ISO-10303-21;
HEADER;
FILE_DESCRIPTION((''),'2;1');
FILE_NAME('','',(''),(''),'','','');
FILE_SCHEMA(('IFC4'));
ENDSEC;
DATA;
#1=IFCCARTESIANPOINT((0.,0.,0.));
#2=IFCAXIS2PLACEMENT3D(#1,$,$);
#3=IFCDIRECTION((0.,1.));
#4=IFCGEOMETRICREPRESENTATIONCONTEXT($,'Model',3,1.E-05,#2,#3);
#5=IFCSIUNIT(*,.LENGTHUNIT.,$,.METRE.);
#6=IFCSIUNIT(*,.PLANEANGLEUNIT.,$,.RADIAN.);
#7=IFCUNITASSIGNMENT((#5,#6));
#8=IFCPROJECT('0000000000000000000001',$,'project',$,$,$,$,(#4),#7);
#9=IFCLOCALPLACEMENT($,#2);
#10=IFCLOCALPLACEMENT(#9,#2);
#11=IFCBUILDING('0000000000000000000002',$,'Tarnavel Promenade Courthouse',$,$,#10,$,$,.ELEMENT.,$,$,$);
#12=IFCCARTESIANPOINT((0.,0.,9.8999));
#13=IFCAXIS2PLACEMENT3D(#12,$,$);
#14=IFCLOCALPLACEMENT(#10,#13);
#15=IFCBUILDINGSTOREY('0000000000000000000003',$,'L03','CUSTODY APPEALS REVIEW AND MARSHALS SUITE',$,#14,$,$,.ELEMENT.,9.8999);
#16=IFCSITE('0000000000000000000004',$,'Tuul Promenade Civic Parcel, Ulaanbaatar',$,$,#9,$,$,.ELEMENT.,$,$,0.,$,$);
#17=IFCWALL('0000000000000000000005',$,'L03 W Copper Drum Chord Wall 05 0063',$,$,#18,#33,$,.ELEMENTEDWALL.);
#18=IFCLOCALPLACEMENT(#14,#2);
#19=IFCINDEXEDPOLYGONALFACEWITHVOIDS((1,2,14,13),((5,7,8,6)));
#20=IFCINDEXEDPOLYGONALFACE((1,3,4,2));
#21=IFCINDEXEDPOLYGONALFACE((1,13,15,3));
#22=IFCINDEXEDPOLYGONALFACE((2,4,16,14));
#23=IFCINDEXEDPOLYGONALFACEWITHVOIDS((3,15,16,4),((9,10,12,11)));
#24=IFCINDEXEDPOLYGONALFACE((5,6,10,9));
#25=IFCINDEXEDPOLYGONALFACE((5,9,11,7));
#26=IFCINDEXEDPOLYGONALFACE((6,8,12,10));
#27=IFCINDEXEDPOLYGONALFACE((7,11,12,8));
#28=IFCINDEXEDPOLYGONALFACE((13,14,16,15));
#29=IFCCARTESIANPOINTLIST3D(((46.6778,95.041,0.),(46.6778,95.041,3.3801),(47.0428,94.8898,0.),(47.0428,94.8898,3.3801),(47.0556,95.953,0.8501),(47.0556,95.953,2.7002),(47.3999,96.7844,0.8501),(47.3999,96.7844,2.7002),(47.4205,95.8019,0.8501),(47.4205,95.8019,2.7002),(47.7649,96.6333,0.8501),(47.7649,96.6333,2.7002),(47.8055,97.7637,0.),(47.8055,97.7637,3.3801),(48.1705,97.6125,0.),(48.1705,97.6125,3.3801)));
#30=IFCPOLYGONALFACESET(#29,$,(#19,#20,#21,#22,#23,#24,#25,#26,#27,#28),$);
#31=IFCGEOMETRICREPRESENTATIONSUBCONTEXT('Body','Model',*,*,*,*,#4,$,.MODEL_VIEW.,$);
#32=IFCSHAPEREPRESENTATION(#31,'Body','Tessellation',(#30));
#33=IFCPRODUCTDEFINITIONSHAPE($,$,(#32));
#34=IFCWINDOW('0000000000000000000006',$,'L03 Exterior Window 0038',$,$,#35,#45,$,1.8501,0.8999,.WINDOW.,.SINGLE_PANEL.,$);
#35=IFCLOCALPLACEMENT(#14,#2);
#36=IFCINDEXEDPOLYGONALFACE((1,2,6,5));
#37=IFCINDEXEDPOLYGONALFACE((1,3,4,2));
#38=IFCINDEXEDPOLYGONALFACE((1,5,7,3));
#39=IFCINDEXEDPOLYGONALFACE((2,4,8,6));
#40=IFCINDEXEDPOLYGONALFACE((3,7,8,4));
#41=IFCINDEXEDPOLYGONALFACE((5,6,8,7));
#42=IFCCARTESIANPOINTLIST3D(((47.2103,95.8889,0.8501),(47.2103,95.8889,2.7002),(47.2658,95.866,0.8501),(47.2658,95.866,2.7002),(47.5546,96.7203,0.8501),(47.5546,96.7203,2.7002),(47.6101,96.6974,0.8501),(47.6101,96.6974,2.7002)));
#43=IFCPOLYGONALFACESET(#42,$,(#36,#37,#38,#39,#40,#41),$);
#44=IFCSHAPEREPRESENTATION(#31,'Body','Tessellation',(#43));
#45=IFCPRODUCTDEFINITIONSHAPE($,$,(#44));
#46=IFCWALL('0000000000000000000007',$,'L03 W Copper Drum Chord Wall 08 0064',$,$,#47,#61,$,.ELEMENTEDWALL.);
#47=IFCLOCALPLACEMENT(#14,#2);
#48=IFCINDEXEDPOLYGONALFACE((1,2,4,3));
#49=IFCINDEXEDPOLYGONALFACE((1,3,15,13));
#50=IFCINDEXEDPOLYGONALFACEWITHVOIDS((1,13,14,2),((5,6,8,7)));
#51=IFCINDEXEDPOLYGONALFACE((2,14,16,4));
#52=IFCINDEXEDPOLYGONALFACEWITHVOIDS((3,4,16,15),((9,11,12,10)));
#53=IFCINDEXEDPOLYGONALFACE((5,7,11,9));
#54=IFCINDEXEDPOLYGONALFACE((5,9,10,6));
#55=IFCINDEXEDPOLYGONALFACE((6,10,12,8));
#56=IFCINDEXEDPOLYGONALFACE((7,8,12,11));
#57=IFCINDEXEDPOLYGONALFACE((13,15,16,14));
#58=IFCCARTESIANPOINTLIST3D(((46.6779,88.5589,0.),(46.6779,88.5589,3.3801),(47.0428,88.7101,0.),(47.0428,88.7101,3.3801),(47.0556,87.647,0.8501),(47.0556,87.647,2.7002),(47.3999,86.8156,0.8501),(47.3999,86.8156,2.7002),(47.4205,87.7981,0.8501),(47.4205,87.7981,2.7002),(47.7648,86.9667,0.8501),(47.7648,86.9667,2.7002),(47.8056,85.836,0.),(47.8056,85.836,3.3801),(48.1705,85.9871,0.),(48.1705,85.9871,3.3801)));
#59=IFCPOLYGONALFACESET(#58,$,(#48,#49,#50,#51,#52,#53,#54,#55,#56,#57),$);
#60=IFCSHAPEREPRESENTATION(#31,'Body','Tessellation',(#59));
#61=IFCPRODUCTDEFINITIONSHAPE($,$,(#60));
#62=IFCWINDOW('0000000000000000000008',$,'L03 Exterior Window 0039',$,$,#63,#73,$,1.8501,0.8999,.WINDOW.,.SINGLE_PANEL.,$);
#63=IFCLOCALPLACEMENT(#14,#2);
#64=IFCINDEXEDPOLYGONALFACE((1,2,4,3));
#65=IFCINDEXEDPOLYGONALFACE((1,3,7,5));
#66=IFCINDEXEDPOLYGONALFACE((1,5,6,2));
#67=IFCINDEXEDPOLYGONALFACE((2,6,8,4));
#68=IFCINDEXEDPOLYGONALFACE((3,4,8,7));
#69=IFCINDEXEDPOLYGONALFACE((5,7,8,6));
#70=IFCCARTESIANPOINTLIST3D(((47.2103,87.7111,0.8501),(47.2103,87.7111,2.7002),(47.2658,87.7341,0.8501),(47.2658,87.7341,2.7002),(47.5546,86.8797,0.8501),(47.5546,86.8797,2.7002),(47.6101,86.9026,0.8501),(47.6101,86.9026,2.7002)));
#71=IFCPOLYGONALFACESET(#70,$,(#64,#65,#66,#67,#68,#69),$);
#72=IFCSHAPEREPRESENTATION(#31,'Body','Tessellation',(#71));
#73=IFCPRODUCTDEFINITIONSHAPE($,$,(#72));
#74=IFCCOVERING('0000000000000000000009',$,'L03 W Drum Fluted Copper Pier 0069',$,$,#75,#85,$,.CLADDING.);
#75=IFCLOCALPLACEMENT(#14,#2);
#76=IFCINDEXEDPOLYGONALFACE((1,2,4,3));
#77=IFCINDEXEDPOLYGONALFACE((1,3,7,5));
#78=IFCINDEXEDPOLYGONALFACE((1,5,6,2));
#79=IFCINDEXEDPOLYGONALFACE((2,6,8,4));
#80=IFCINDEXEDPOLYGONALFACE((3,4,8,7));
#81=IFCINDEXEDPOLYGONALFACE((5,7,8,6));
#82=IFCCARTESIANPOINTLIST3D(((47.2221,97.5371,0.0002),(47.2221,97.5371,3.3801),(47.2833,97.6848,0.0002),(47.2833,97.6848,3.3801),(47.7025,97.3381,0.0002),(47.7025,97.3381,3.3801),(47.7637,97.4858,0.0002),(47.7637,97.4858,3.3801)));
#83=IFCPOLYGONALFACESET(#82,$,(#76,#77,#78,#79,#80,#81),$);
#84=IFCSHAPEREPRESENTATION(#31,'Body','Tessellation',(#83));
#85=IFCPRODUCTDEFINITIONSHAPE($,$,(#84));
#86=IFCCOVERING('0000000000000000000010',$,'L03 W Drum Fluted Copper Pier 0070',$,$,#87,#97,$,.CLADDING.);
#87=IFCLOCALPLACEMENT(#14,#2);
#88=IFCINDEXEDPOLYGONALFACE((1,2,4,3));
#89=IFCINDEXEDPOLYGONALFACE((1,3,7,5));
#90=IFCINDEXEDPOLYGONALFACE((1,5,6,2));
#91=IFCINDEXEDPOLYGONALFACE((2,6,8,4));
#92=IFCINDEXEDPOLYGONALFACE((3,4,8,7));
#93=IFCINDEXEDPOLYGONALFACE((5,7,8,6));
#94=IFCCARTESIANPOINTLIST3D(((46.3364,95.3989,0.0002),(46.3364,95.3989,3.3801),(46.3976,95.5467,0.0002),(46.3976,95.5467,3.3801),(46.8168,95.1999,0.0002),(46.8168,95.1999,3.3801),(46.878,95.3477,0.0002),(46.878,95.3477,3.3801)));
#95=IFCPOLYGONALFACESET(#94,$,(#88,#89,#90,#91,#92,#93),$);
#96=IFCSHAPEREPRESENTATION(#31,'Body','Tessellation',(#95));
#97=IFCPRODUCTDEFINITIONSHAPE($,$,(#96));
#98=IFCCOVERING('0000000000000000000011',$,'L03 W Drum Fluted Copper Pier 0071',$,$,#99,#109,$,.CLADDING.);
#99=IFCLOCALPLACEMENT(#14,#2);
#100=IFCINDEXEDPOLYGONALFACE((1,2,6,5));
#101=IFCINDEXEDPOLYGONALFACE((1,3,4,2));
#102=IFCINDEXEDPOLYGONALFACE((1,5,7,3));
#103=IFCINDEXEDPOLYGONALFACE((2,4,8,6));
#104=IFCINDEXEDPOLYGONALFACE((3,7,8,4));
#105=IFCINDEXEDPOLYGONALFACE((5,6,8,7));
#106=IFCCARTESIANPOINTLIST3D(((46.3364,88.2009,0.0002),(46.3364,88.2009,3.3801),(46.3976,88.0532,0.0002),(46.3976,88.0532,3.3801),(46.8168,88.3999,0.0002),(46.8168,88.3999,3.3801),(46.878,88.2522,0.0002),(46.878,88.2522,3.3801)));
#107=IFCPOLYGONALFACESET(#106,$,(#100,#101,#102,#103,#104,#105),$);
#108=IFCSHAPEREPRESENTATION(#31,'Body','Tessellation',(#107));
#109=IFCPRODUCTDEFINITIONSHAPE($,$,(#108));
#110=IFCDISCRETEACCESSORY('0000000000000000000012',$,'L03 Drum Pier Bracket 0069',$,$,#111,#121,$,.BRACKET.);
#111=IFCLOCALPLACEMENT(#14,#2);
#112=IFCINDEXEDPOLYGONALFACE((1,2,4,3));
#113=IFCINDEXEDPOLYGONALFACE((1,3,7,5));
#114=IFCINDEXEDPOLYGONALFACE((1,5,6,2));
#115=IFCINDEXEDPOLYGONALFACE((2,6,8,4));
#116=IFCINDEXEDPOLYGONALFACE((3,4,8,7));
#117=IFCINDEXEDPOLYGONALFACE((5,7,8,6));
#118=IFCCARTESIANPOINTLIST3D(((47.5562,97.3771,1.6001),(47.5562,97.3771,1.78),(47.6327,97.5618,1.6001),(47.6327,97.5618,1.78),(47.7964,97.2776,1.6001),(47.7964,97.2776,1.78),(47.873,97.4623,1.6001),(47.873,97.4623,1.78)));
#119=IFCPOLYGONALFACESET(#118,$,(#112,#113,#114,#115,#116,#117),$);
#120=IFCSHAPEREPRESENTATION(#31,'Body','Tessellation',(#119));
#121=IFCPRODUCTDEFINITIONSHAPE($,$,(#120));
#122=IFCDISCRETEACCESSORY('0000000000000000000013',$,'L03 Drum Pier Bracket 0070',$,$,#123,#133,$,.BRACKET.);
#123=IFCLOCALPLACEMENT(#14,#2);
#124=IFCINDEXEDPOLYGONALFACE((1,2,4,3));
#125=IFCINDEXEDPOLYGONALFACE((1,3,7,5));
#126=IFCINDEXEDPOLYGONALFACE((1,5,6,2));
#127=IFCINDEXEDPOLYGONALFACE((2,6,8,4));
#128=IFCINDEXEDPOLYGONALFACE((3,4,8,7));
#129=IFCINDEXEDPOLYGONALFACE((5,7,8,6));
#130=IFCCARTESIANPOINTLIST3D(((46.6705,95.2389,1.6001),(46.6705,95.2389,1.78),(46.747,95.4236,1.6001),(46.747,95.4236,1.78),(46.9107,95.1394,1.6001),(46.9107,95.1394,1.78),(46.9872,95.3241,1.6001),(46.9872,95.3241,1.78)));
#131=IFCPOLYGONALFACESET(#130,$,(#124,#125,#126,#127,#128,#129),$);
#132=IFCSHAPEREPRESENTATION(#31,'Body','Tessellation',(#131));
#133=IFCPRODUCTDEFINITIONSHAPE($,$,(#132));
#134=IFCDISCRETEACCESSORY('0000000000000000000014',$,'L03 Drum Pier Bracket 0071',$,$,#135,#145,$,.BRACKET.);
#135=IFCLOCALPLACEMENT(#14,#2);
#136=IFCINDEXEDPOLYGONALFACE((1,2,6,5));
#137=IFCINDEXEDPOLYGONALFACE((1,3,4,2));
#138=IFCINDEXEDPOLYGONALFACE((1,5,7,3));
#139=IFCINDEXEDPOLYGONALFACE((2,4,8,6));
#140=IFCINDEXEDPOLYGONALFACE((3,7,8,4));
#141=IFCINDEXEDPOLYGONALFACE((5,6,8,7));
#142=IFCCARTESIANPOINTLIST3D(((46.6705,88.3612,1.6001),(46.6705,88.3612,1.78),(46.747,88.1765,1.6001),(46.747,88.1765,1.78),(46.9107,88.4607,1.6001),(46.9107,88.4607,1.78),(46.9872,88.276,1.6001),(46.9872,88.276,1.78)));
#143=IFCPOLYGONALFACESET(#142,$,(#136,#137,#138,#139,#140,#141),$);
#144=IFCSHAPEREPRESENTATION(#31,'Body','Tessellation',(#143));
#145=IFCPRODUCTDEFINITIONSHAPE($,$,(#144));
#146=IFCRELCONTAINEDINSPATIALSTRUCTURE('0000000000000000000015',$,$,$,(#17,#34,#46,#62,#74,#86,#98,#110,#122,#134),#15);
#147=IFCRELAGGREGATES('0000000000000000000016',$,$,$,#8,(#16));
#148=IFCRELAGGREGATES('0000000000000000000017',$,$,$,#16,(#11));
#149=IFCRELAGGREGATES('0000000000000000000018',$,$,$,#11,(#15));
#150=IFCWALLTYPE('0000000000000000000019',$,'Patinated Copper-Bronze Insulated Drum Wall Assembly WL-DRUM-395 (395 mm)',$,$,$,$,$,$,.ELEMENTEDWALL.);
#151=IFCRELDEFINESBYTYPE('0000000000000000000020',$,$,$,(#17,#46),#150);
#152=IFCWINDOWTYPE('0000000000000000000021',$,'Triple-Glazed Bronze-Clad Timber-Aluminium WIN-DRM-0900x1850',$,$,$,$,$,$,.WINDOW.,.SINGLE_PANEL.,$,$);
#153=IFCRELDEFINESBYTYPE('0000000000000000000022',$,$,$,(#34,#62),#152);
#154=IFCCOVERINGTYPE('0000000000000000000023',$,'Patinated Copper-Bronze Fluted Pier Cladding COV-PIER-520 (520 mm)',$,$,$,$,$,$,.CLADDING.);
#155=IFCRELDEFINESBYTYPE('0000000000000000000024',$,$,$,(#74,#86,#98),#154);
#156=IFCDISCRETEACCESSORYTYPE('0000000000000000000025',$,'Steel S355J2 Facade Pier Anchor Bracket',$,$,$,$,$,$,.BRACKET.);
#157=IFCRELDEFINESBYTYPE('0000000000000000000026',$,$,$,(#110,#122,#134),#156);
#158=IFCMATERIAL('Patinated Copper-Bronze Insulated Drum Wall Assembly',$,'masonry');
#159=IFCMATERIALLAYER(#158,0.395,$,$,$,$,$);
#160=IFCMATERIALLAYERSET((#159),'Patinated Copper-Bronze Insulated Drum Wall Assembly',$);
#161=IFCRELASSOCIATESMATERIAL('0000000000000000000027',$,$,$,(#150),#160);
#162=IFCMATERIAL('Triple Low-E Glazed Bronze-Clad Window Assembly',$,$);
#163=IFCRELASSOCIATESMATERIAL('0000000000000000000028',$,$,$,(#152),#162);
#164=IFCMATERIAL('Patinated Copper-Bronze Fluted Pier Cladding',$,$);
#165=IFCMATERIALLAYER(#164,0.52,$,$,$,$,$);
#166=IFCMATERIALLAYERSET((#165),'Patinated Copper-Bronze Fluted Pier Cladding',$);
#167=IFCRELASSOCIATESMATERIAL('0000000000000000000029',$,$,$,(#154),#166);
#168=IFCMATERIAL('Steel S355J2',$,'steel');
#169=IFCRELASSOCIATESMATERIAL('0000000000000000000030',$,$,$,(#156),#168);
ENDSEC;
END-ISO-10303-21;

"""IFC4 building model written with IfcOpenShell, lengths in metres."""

from ifc_helpers import new_model, si_unit, direction, frame, frame_2d, origin, origin_2d, place, context, subcontext, project, spatial, rectangle, extrude, material, layer, layer_set, type_object, element, fill, save


model = new_model("IFC4")

# Units and contexts
model_context = context("Model", 3, precision=1e-05, world=origin(), true_north=direction((0.0, 1.0)))
body_context = subcontext(model_context, "Body", "Model", "MODEL_VIEW")
ifc_project = project(units=[si_unit("LENGTHUNIT", "METRE"), si_unit("PLANEANGLEUNIT", "RADIAN")], contexts=[model_context])

# Site, building, storey
site_placement = place(None, origin())
site = spatial("IfcSite", under=ifc_project, at=site_placement, Name="Tuul Promenade Civic Parcel, Ulaanbaatar", CompositionType="ELEMENT", RefElevation=0.0)
building_placement = place(site_placement, origin())
building = spatial("IfcBuilding", under=site, at=building_placement, Name="Tarnavel Promenade Courthouse", CompositionType="ELEMENT")
storey_placement = place(building_placement, frame((0.0, 0.0, 9.8999)))
storey = spatial("IfcBuildingStorey", under=building, at=storey_placement, Name="L03", Description="CUSTODY APPEALS REVIEW AND MARSHALS SUITE", CompositionType="ELEMENT", Elevation=9.8999)

# Shared definitions
ifc_material_1 = material(Name="Steel S355J2", Category="steel")

# Walls, openings, windows
ifc_material_2 = material(Name="Patinated Copper-Bronze Insulated Drum Wall Assembly", Category="masonry")
ifc_layer_1 = layer(ifc_material_2, 0.395)
ifc_layer_set_1 = layer_set([ifc_layer_1], Name="Patinated Copper-Bronze Insulated Drum Wall Assembly")
wall_type_1 = type_object("IfcWallType", Name="Patinated Copper-Bronze Insulated Drum Wall Assembly WL-DRUM-395 (395 mm)", PredefinedType="ELEMENTEDWALL", material=ifc_layer_set_1)
wall_1_placement = place(storey_placement, frame((47.988, 97.6882, 0.0), z_axis=(0.0, 0.0, 1.0), x_axis=(-0.382662, -0.923889, 0.0)))
wall_1 = element("IfcWall", 1, at=wall_1_placement, inside=storey, type_object=wall_type_1, Name="L03 W Copper Drum Chord Wall 05 0063", PredefinedType="ELEMENTEDWALL", context=body_context, shape_type="SweptSolid", body=[
    extrude(rectangle(XDim=2.947, YDim=0.395, at=frame_2d((1.4736, 0.0))), origin(), (0.0, 0.0, 1.0), 3.3801),
])
opening_1_placement = place(wall_1_placement, frame((1.0601, 0.0, 0.8501)))
opening_1 = element("IfcOpeningElement", 2, at=opening_1_placement, cuts=wall_1, PredefinedType="OPENING", context=body_context, shape_type="SweptSolid", body=[
    extrude(rectangle(XDim=0.8999, YDim=1.8501, at=frame_2d((0.45, 0.925))), frame((0.0, 0.2075, 0.0), z_axis=(0.0, -1.0, 0.0), x_axis=(1.0, 0.0, 0.0)), (0.0, 0.0, 1.0), 0.415),
])
ifc_material_3 = material(Name="Triple Low-E Glazed Bronze-Clad Window Assembly")
window_type = type_object("IfcWindowType", Name="Triple-Glazed Bronze-Clad Timber-Aluminium WIN-DRM-0900x1850", PartitioningType="SINGLE_PANEL", PredefinedType="WINDOW", material=ifc_material_3)
window_1_placement = place(opening_1_placement, origin())
window_1 = element("IfcWindow", 3, at=window_1_placement, inside=storey, type_object=window_type, Name="L03 Exterior Window 0038", OverallHeight=1.8501, OverallWidth=0.8999, PartitioningType="SINGLE_PANEL", PredefinedType="WINDOW", context=body_context, shape_type="SweptSolid", body=[
    extrude(rectangle(XDim=0.8999, YDim=1.8501, at=frame_2d((0.45, 0.925))), frame((0.0, 0.03, 0.0), z_axis=(0.0, -1.0, 0.0), x_axis=(1.0, 0.0, 0.0)), (0.0, 0.0, 1.0), 0.0601),
])
fill(opening_1, window_1)
wall_2_placement = place(storey_placement, frame((46.8604, 88.6345, 0.0), z_axis=(0.0, 0.0, 1.0), x_axis=(0.382632, -0.923901, 0.0)))
wall_2 = element("IfcWall", 4, at=wall_2_placement, inside=storey, type_object=wall_type_1, Name="L03 W Copper Drum Chord Wall 08 0064", PredefinedType="ELEMENTEDWALL", context=body_context, shape_type="SweptSolid", body=[
    extrude(rectangle(XDim=2.9473, YDim=0.395, at=frame_2d((1.4736, 0.0))), origin(), (0.0, 0.0, 1.0), 3.3801),
])
opening_2_placement = place(wall_2_placement, frame((0.9871, 0.0, 0.8501)))
opening_2 = element("IfcOpeningElement", 5, at=opening_2_placement, cuts=wall_2, PredefinedType="OPENING", context=body_context, shape_type="SweptSolid", body=[
    extrude(rectangle(XDim=0.8999, YDim=1.8501, at=frame_2d((0.45, 0.925))), frame((0.0, 0.2075, 0.0), z_axis=(0.0, -1.0, 0.0), x_axis=(1.0, 0.0, 0.0)), (0.0, 0.0, 1.0), 0.415),
])
window_2_placement = place(opening_2_placement, origin())
window_2 = element("IfcWindow", 6, at=window_2_placement, inside=storey, type_object=window_type, Name="L03 Exterior Window 0039", OverallHeight=1.8501, OverallWidth=0.8999, PartitioningType="SINGLE_PANEL", PredefinedType="WINDOW", context=body_context, shape_type="SweptSolid", body=[
    extrude(rectangle(XDim=0.8999, YDim=1.8501, at=frame_2d((0.45, 0.925))), frame((0.0, 0.03, 0.0), z_axis=(0.0, -1.0, 0.0), x_axis=(1.0, 0.0, 0.0)), (0.0, 0.0, 1.0), 0.0601),
])
fill(opening_2, window_2)

# Coverings
ifc_material_4 = material(Name="Patinated Copper-Bronze Fluted Pier Cladding")
ifc_layer_2 = layer(ifc_material_4, 0.52)
ifc_layer_set_2 = layer_set([ifc_layer_2], Name="Patinated Copper-Bronze Fluted Pier Cladding")
covering_type = type_object("IfcCoveringType", Name="Patinated Copper-Bronze Fluted Pier Cladding COV-PIER-520 (520 mm)", PredefinedType="CLADDING", material=ifc_layer_set_2)
for number, where, z_axis, x_axis, name in (
    (7, (47.4929, 97.5115, 0.0002), (0.0, 0.0, 1.0), (-0.382683, -0.92388, 0.0), "L03 W Drum Fluted Copper Pier 0069"),
    (8, (46.6072, 95.3733, 0.0002), (0.0, 0.0, 1.0), (-0.382683, -0.92388, 0.0), "L03 W Drum Fluted Copper Pier 0070"),
    (9, (46.6072, 88.2266, 0.0002), (0.0, 0.0, 1.0), (0.382683, -0.92388, 0.0), "L03 W Drum Fluted Copper Pier 0071"),
):
    element("IfcCovering", number, at=place(storey_placement, frame(where, z_axis=z_axis, x_axis=x_axis)), inside=storey, type_object=covering_type, Name=name, PredefinedType="CLADDING", context=body_context, shape_type="SweptSolid", body=[
        extrude(rectangle(XDim=0.1599, YDim=0.52, at=origin_2d()), origin(), (0.0, 0.0, 1.0), 3.3799),
    ])

# Discrete accessories
discrete_accessory_type = type_object("IfcDiscreteAccessoryType", Name="Steel S355J2 Facade Pier Anchor Bracket", PredefinedType="BRACKET", material=ifc_material_1)
for number, where, z_axis, x_axis, name in (
    (10, (47.7146, 97.4197, 1.6001), (0.0, 0.0, 1.0), (-0.382683, -0.92388, 0.0), "L03 Drum Pier Bracket 0069"),
    (11, (46.8289, 95.2815, 1.6001), (0.0, 0.0, 1.0), (-0.382683, -0.92388, 0.0), "L03 Drum Pier Bracket 0070"),
    (12, (46.8289, 88.3186, 1.6001), (0.0, 0.0, 1.0), (0.382683, -0.92388, 0.0), "L03 Drum Pier Bracket 0071"),
):
    element("IfcDiscreteAccessory", number, at=place(storey_placement, frame(where, z_axis=z_axis, x_axis=x_axis)), inside=storey, type_object=discrete_accessory_type, Name=name, PredefinedType="BRACKET", context=body_context, shape_type="SweptSolid", body=[
        extrude(rectangle(XDim=0.2, YDim=0.26, at=origin_2d()), origin(), (0.0, 0.0, 1.0), 0.1799),
    ])

save(model, "model.ifc")
